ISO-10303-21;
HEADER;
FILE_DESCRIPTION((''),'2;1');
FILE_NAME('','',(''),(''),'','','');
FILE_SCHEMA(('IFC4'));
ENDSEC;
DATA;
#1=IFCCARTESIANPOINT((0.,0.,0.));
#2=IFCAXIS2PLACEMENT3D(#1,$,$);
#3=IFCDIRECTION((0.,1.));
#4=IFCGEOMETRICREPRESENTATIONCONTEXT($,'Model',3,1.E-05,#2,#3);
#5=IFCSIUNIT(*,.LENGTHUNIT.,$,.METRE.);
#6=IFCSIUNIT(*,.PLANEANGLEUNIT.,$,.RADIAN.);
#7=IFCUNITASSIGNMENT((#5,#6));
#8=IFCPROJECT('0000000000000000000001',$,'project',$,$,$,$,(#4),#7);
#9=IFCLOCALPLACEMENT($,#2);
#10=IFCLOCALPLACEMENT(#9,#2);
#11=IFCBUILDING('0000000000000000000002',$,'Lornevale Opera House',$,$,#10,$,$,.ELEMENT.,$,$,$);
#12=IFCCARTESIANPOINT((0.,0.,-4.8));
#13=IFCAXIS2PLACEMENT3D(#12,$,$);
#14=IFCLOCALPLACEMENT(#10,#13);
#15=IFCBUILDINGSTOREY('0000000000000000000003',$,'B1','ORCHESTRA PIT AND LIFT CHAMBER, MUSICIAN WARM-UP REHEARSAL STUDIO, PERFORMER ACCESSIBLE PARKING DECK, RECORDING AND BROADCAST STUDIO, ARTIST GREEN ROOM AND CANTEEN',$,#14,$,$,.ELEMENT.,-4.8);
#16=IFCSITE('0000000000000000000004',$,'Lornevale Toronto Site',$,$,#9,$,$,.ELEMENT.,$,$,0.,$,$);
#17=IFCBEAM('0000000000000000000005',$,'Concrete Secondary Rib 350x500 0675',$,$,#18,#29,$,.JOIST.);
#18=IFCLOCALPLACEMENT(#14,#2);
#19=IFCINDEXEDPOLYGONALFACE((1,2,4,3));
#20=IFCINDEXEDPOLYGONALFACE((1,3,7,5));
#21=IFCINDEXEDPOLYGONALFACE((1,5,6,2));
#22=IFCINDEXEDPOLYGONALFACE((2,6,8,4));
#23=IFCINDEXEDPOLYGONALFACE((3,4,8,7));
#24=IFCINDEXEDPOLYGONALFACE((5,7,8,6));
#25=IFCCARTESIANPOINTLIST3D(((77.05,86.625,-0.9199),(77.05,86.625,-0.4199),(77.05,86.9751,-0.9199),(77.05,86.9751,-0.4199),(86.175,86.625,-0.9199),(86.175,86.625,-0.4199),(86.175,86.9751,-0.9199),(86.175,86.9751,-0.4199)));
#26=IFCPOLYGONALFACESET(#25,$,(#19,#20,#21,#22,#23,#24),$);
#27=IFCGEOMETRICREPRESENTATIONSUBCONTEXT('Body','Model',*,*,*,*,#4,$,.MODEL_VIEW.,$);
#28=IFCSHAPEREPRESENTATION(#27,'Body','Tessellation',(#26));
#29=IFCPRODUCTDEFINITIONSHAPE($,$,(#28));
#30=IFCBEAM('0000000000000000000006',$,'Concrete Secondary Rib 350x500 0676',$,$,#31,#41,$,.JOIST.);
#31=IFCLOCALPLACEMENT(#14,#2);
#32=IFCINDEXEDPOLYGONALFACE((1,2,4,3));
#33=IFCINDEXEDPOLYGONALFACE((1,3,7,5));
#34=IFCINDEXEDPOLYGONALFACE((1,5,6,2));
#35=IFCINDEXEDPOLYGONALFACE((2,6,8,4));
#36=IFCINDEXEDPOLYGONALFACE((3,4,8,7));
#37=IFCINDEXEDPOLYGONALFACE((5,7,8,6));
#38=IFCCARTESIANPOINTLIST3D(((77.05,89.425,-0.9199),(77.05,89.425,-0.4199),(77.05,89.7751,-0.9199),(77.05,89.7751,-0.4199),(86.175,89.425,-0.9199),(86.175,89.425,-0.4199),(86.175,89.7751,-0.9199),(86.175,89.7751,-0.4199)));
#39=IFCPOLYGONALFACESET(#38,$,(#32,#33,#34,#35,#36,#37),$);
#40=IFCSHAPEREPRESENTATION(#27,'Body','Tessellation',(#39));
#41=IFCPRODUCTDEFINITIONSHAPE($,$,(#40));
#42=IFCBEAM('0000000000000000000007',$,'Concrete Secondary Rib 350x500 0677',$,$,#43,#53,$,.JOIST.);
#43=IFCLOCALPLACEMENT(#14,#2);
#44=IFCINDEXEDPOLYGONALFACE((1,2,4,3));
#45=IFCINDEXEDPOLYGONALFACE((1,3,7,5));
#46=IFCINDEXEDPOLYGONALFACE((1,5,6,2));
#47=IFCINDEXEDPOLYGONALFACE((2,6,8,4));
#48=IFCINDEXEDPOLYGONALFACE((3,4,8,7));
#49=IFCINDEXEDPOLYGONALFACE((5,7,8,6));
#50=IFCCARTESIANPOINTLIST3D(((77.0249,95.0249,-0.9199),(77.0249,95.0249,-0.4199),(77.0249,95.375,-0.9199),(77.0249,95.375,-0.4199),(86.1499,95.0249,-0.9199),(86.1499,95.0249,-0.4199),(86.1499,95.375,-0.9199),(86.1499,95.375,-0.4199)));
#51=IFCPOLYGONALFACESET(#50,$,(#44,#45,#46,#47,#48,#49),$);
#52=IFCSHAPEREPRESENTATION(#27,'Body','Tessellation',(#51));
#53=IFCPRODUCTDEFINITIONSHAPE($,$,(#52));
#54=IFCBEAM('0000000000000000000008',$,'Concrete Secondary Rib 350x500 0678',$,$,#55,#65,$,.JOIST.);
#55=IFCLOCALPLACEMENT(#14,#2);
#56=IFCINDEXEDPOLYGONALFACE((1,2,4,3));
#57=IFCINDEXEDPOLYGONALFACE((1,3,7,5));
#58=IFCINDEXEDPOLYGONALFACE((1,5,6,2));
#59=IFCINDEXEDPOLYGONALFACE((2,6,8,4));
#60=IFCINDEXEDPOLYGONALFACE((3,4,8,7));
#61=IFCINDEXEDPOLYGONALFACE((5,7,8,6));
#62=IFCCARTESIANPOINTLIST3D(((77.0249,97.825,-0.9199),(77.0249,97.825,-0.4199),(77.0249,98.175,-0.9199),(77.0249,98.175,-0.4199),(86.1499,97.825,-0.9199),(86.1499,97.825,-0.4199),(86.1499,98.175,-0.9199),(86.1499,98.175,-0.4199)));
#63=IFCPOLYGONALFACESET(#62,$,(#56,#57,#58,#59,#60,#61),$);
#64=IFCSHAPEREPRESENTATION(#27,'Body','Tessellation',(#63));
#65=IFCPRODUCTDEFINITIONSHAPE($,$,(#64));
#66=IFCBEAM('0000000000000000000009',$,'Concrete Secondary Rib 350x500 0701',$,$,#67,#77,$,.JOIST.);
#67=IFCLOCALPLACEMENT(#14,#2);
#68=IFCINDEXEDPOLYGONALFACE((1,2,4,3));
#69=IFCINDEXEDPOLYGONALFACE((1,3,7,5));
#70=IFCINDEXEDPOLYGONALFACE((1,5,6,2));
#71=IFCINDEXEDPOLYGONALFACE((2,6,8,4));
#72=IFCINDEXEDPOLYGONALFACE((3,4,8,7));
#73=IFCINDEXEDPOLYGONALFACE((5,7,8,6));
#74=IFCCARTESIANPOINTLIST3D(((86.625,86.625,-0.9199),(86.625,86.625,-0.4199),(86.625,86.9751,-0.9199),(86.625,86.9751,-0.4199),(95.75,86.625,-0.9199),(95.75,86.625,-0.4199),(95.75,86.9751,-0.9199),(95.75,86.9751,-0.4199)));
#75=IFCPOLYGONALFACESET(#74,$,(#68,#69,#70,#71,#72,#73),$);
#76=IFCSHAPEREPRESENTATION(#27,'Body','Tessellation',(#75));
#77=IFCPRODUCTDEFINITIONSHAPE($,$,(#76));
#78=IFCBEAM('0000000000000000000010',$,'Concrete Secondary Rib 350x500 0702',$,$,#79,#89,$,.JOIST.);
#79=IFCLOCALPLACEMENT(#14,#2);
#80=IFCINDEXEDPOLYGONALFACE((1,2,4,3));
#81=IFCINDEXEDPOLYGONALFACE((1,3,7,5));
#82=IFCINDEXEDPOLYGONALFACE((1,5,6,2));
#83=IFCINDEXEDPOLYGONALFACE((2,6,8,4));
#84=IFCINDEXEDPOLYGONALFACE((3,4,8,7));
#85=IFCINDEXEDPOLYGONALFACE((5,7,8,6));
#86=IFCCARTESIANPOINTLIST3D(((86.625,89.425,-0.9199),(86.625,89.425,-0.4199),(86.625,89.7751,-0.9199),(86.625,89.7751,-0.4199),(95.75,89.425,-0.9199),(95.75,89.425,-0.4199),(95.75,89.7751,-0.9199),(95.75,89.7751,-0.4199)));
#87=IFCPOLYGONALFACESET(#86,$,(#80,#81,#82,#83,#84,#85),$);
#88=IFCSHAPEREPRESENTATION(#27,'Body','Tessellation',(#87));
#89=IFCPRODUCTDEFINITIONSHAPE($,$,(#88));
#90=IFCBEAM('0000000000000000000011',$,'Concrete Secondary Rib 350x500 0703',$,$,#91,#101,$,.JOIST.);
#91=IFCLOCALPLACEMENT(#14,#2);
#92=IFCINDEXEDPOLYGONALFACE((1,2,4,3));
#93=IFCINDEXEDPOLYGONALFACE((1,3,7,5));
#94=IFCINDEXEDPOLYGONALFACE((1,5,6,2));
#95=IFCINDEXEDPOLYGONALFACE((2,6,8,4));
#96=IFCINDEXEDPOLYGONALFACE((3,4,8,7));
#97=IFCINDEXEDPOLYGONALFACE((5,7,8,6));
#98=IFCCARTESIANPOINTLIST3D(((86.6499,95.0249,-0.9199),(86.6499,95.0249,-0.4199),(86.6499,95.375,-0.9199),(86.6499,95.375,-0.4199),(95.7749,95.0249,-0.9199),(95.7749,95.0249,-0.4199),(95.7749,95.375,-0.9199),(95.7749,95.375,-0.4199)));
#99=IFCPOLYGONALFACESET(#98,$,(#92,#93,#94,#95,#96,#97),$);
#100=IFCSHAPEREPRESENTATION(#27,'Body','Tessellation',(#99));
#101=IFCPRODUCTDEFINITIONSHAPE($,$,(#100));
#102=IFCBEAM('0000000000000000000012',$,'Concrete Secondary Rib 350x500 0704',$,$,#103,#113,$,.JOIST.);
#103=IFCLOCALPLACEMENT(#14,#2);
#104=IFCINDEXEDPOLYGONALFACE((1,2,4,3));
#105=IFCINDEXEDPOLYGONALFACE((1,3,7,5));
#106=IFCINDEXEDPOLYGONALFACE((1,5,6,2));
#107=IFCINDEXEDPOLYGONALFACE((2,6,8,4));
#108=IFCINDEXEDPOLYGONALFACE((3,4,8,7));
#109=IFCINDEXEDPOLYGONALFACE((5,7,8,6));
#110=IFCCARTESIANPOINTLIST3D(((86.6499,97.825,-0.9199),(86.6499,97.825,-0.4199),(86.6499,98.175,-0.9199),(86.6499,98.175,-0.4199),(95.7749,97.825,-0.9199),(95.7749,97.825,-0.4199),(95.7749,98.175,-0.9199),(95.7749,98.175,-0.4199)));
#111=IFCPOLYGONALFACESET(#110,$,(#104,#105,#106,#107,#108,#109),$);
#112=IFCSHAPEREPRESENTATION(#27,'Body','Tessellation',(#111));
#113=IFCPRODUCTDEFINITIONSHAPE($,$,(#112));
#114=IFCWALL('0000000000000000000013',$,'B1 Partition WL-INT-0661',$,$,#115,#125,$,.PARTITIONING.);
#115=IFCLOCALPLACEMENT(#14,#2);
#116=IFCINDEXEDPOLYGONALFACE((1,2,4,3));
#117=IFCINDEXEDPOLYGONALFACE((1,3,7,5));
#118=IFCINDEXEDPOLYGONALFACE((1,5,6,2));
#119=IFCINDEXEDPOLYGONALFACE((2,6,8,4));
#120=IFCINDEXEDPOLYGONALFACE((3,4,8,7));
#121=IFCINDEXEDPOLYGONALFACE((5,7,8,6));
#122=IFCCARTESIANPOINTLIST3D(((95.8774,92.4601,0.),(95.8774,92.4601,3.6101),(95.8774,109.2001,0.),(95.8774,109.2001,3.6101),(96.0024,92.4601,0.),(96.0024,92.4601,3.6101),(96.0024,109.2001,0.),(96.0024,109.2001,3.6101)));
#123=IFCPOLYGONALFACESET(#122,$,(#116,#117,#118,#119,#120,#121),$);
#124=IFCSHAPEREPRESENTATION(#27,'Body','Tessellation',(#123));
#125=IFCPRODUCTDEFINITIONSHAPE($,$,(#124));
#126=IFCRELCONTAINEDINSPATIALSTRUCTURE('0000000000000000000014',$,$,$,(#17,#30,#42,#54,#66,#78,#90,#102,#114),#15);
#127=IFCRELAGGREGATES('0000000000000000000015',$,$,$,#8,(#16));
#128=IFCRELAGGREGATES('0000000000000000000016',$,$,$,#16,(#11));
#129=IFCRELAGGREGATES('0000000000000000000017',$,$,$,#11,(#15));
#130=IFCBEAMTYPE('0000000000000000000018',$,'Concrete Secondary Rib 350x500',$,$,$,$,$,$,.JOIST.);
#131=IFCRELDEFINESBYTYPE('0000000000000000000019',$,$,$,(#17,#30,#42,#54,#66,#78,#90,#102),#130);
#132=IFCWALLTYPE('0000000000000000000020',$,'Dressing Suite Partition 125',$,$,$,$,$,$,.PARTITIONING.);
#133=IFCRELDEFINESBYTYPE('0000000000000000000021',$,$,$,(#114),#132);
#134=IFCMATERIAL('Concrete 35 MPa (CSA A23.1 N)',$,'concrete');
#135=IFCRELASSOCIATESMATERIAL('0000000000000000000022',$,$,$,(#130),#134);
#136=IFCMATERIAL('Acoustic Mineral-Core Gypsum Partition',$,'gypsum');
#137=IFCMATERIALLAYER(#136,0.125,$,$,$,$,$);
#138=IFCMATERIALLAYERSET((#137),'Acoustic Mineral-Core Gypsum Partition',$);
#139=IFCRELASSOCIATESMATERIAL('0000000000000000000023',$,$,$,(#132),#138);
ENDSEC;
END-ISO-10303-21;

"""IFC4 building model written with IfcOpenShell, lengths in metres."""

from ifc_helpers import new_model, si_unit, direction, frame, frame_2d, origin, origin_2d, place, context, subcontext, project, spatial, rectangle, extrude, material, layer, layer_set, material_profile, profile_set, type_object, element, save


model = new_model("IFC4")

# Units and contexts
model_context = context("Model", 3, precision=1e-05, world=origin(), true_north=direction((0.0, 1.0)))
body_context = subcontext(model_context, "Body", "Model", "MODEL_VIEW")
ifc_project = project(units=[si_unit("LENGTHUNIT", "METRE"), si_unit("PLANEANGLEUNIT", "RADIAN")], contexts=[model_context])

# Site, building, storey
site_placement = place(None, origin())
site = spatial("IfcSite", under=ifc_project, at=site_placement, Name="Lornevale Toronto Site", CompositionType="ELEMENT", RefElevation=0.0)
building_placement = place(site_placement, origin())
building = spatial("IfcBuilding", under=site, at=building_placement, Name="Lornevale Opera House", CompositionType="ELEMENT")
storey_placement = place(building_placement, frame((0.0, 0.0, -4.8)))
storey = spatial("IfcBuildingStorey", under=building, at=storey_placement, Name="B1", Description="ORCHESTRA PIT AND LIFT CHAMBER, MUSICIAN WARM-UP REHEARSAL STUDIO, PERFORMER ACCESSIBLE PARKING DECK, RECORDING AND BROADCAST STUDIO, ARTIST GREEN ROOM AND CANTEEN", CompositionType="ELEMENT", Elevation=-4.8)

# Beams
ifc_material_1 = material(Name="Concrete 35 MPa (CSA A23.1 N)", Category="concrete")
ifc_material_profile_1 = material_profile(ifc_material_1, rectangle(XDim=0.3501, YDim=0.5, at=origin_2d()), Name="RC350x500")
ifc_profile_set_1 = profile_set([ifc_material_profile_1], Name="Concrete 35 MPa (CSA A23.1 N)")
beam_type_1 = type_object("IfcBeamType", Name="Concrete Secondary Rib 350x500", PredefinedType="JOIST", material=ifc_profile_set_1)
for number, where, z_axis, x_axis, name in (
    (1, (77.05, 86.8, -0.6699), (1.0, 0.0, 0.0), (0.0, 1.0, 0.0), "Concrete Secondary Rib 350x500 0675"),
    (2, (77.05, 89.6001, -0.6699), (1.0, 0.0, 0.0), (0.0, 1.0, 0.0), "Concrete Secondary Rib 350x500 0676"),
    (3, (77.0249, 95.2, -0.6699), (1.0, 0.0, 0.0), (0.0, 1.0, 0.0), "Concrete Secondary Rib 350x500 0677"),
    (4, (77.0249, 98.0, -0.6699), (1.0, 0.0, 0.0), (0.0, 1.0, 0.0), "Concrete Secondary Rib 350x500 0678"),
    (5, (86.625, 86.8, -0.6699), (1.0, 0.0, 0.0), (0.0, 1.0, 0.0), "Concrete Secondary Rib 350x500 0701"),
    (6, (86.625, 89.6001, -0.6699), (1.0, 0.0, 0.0), (0.0, 1.0, 0.0), "Concrete Secondary Rib 350x500 0702"),
    (7, (86.6499, 95.2, -0.6699), (1.0, 0.0, 0.0), (0.0, 1.0, 0.0), "Concrete Secondary Rib 350x500 0703"),
    (8, (86.6499, 98.0, -0.6699), (1.0, 0.0, 0.0), (0.0, 1.0, 0.0), "Concrete Secondary Rib 350x500 0704"),
):
    element("IfcBeam", number, at=place(storey_placement, frame(where, z_axis=z_axis, x_axis=x_axis)), inside=storey, type_object=beam_type_1, Name=name, PredefinedType="JOIST", context=body_context, shape_type="SweptSolid", body=[
        extrude(rectangle(XDim=0.3501, YDim=0.5, at=origin_2d()), origin(), (0.0, 0.0, 1.0), 9.125),
    ])

# Wall
ifc_material_2 = material(Name="Acoustic Mineral-Core Gypsum Partition", Category="gypsum")
ifc_layer = layer(ifc_material_2, 0.125)
ifc_layer_set = layer_set([ifc_layer], Name="Acoustic Mineral-Core Gypsum Partition")
wall_type = type_object("IfcWallType", Name="Dressing Suite Partition 125", PredefinedType="PARTITIONING", material=ifc_layer_set)
wall_placement = place(storey_placement, frame((95.9399, 92.46, 0.0), z_axis=(0.0, 0.0, 1.0), x_axis=(0.0, 1.0, 0.0)))
element("IfcWall", 9, at=wall_placement, inside=storey, type_object=wall_type, Name="B1 Partition WL-INT-0661", PredefinedType="PARTITIONING", context=body_context, shape_type="SweptSolid", body=[
    extrude(rectangle(XDim=16.74, YDim=0.125, at=frame_2d((8.3701, 0.0))), origin(), (0.0, 0.0, 1.0), 3.6101),
])

save(model, "model.ifc")
